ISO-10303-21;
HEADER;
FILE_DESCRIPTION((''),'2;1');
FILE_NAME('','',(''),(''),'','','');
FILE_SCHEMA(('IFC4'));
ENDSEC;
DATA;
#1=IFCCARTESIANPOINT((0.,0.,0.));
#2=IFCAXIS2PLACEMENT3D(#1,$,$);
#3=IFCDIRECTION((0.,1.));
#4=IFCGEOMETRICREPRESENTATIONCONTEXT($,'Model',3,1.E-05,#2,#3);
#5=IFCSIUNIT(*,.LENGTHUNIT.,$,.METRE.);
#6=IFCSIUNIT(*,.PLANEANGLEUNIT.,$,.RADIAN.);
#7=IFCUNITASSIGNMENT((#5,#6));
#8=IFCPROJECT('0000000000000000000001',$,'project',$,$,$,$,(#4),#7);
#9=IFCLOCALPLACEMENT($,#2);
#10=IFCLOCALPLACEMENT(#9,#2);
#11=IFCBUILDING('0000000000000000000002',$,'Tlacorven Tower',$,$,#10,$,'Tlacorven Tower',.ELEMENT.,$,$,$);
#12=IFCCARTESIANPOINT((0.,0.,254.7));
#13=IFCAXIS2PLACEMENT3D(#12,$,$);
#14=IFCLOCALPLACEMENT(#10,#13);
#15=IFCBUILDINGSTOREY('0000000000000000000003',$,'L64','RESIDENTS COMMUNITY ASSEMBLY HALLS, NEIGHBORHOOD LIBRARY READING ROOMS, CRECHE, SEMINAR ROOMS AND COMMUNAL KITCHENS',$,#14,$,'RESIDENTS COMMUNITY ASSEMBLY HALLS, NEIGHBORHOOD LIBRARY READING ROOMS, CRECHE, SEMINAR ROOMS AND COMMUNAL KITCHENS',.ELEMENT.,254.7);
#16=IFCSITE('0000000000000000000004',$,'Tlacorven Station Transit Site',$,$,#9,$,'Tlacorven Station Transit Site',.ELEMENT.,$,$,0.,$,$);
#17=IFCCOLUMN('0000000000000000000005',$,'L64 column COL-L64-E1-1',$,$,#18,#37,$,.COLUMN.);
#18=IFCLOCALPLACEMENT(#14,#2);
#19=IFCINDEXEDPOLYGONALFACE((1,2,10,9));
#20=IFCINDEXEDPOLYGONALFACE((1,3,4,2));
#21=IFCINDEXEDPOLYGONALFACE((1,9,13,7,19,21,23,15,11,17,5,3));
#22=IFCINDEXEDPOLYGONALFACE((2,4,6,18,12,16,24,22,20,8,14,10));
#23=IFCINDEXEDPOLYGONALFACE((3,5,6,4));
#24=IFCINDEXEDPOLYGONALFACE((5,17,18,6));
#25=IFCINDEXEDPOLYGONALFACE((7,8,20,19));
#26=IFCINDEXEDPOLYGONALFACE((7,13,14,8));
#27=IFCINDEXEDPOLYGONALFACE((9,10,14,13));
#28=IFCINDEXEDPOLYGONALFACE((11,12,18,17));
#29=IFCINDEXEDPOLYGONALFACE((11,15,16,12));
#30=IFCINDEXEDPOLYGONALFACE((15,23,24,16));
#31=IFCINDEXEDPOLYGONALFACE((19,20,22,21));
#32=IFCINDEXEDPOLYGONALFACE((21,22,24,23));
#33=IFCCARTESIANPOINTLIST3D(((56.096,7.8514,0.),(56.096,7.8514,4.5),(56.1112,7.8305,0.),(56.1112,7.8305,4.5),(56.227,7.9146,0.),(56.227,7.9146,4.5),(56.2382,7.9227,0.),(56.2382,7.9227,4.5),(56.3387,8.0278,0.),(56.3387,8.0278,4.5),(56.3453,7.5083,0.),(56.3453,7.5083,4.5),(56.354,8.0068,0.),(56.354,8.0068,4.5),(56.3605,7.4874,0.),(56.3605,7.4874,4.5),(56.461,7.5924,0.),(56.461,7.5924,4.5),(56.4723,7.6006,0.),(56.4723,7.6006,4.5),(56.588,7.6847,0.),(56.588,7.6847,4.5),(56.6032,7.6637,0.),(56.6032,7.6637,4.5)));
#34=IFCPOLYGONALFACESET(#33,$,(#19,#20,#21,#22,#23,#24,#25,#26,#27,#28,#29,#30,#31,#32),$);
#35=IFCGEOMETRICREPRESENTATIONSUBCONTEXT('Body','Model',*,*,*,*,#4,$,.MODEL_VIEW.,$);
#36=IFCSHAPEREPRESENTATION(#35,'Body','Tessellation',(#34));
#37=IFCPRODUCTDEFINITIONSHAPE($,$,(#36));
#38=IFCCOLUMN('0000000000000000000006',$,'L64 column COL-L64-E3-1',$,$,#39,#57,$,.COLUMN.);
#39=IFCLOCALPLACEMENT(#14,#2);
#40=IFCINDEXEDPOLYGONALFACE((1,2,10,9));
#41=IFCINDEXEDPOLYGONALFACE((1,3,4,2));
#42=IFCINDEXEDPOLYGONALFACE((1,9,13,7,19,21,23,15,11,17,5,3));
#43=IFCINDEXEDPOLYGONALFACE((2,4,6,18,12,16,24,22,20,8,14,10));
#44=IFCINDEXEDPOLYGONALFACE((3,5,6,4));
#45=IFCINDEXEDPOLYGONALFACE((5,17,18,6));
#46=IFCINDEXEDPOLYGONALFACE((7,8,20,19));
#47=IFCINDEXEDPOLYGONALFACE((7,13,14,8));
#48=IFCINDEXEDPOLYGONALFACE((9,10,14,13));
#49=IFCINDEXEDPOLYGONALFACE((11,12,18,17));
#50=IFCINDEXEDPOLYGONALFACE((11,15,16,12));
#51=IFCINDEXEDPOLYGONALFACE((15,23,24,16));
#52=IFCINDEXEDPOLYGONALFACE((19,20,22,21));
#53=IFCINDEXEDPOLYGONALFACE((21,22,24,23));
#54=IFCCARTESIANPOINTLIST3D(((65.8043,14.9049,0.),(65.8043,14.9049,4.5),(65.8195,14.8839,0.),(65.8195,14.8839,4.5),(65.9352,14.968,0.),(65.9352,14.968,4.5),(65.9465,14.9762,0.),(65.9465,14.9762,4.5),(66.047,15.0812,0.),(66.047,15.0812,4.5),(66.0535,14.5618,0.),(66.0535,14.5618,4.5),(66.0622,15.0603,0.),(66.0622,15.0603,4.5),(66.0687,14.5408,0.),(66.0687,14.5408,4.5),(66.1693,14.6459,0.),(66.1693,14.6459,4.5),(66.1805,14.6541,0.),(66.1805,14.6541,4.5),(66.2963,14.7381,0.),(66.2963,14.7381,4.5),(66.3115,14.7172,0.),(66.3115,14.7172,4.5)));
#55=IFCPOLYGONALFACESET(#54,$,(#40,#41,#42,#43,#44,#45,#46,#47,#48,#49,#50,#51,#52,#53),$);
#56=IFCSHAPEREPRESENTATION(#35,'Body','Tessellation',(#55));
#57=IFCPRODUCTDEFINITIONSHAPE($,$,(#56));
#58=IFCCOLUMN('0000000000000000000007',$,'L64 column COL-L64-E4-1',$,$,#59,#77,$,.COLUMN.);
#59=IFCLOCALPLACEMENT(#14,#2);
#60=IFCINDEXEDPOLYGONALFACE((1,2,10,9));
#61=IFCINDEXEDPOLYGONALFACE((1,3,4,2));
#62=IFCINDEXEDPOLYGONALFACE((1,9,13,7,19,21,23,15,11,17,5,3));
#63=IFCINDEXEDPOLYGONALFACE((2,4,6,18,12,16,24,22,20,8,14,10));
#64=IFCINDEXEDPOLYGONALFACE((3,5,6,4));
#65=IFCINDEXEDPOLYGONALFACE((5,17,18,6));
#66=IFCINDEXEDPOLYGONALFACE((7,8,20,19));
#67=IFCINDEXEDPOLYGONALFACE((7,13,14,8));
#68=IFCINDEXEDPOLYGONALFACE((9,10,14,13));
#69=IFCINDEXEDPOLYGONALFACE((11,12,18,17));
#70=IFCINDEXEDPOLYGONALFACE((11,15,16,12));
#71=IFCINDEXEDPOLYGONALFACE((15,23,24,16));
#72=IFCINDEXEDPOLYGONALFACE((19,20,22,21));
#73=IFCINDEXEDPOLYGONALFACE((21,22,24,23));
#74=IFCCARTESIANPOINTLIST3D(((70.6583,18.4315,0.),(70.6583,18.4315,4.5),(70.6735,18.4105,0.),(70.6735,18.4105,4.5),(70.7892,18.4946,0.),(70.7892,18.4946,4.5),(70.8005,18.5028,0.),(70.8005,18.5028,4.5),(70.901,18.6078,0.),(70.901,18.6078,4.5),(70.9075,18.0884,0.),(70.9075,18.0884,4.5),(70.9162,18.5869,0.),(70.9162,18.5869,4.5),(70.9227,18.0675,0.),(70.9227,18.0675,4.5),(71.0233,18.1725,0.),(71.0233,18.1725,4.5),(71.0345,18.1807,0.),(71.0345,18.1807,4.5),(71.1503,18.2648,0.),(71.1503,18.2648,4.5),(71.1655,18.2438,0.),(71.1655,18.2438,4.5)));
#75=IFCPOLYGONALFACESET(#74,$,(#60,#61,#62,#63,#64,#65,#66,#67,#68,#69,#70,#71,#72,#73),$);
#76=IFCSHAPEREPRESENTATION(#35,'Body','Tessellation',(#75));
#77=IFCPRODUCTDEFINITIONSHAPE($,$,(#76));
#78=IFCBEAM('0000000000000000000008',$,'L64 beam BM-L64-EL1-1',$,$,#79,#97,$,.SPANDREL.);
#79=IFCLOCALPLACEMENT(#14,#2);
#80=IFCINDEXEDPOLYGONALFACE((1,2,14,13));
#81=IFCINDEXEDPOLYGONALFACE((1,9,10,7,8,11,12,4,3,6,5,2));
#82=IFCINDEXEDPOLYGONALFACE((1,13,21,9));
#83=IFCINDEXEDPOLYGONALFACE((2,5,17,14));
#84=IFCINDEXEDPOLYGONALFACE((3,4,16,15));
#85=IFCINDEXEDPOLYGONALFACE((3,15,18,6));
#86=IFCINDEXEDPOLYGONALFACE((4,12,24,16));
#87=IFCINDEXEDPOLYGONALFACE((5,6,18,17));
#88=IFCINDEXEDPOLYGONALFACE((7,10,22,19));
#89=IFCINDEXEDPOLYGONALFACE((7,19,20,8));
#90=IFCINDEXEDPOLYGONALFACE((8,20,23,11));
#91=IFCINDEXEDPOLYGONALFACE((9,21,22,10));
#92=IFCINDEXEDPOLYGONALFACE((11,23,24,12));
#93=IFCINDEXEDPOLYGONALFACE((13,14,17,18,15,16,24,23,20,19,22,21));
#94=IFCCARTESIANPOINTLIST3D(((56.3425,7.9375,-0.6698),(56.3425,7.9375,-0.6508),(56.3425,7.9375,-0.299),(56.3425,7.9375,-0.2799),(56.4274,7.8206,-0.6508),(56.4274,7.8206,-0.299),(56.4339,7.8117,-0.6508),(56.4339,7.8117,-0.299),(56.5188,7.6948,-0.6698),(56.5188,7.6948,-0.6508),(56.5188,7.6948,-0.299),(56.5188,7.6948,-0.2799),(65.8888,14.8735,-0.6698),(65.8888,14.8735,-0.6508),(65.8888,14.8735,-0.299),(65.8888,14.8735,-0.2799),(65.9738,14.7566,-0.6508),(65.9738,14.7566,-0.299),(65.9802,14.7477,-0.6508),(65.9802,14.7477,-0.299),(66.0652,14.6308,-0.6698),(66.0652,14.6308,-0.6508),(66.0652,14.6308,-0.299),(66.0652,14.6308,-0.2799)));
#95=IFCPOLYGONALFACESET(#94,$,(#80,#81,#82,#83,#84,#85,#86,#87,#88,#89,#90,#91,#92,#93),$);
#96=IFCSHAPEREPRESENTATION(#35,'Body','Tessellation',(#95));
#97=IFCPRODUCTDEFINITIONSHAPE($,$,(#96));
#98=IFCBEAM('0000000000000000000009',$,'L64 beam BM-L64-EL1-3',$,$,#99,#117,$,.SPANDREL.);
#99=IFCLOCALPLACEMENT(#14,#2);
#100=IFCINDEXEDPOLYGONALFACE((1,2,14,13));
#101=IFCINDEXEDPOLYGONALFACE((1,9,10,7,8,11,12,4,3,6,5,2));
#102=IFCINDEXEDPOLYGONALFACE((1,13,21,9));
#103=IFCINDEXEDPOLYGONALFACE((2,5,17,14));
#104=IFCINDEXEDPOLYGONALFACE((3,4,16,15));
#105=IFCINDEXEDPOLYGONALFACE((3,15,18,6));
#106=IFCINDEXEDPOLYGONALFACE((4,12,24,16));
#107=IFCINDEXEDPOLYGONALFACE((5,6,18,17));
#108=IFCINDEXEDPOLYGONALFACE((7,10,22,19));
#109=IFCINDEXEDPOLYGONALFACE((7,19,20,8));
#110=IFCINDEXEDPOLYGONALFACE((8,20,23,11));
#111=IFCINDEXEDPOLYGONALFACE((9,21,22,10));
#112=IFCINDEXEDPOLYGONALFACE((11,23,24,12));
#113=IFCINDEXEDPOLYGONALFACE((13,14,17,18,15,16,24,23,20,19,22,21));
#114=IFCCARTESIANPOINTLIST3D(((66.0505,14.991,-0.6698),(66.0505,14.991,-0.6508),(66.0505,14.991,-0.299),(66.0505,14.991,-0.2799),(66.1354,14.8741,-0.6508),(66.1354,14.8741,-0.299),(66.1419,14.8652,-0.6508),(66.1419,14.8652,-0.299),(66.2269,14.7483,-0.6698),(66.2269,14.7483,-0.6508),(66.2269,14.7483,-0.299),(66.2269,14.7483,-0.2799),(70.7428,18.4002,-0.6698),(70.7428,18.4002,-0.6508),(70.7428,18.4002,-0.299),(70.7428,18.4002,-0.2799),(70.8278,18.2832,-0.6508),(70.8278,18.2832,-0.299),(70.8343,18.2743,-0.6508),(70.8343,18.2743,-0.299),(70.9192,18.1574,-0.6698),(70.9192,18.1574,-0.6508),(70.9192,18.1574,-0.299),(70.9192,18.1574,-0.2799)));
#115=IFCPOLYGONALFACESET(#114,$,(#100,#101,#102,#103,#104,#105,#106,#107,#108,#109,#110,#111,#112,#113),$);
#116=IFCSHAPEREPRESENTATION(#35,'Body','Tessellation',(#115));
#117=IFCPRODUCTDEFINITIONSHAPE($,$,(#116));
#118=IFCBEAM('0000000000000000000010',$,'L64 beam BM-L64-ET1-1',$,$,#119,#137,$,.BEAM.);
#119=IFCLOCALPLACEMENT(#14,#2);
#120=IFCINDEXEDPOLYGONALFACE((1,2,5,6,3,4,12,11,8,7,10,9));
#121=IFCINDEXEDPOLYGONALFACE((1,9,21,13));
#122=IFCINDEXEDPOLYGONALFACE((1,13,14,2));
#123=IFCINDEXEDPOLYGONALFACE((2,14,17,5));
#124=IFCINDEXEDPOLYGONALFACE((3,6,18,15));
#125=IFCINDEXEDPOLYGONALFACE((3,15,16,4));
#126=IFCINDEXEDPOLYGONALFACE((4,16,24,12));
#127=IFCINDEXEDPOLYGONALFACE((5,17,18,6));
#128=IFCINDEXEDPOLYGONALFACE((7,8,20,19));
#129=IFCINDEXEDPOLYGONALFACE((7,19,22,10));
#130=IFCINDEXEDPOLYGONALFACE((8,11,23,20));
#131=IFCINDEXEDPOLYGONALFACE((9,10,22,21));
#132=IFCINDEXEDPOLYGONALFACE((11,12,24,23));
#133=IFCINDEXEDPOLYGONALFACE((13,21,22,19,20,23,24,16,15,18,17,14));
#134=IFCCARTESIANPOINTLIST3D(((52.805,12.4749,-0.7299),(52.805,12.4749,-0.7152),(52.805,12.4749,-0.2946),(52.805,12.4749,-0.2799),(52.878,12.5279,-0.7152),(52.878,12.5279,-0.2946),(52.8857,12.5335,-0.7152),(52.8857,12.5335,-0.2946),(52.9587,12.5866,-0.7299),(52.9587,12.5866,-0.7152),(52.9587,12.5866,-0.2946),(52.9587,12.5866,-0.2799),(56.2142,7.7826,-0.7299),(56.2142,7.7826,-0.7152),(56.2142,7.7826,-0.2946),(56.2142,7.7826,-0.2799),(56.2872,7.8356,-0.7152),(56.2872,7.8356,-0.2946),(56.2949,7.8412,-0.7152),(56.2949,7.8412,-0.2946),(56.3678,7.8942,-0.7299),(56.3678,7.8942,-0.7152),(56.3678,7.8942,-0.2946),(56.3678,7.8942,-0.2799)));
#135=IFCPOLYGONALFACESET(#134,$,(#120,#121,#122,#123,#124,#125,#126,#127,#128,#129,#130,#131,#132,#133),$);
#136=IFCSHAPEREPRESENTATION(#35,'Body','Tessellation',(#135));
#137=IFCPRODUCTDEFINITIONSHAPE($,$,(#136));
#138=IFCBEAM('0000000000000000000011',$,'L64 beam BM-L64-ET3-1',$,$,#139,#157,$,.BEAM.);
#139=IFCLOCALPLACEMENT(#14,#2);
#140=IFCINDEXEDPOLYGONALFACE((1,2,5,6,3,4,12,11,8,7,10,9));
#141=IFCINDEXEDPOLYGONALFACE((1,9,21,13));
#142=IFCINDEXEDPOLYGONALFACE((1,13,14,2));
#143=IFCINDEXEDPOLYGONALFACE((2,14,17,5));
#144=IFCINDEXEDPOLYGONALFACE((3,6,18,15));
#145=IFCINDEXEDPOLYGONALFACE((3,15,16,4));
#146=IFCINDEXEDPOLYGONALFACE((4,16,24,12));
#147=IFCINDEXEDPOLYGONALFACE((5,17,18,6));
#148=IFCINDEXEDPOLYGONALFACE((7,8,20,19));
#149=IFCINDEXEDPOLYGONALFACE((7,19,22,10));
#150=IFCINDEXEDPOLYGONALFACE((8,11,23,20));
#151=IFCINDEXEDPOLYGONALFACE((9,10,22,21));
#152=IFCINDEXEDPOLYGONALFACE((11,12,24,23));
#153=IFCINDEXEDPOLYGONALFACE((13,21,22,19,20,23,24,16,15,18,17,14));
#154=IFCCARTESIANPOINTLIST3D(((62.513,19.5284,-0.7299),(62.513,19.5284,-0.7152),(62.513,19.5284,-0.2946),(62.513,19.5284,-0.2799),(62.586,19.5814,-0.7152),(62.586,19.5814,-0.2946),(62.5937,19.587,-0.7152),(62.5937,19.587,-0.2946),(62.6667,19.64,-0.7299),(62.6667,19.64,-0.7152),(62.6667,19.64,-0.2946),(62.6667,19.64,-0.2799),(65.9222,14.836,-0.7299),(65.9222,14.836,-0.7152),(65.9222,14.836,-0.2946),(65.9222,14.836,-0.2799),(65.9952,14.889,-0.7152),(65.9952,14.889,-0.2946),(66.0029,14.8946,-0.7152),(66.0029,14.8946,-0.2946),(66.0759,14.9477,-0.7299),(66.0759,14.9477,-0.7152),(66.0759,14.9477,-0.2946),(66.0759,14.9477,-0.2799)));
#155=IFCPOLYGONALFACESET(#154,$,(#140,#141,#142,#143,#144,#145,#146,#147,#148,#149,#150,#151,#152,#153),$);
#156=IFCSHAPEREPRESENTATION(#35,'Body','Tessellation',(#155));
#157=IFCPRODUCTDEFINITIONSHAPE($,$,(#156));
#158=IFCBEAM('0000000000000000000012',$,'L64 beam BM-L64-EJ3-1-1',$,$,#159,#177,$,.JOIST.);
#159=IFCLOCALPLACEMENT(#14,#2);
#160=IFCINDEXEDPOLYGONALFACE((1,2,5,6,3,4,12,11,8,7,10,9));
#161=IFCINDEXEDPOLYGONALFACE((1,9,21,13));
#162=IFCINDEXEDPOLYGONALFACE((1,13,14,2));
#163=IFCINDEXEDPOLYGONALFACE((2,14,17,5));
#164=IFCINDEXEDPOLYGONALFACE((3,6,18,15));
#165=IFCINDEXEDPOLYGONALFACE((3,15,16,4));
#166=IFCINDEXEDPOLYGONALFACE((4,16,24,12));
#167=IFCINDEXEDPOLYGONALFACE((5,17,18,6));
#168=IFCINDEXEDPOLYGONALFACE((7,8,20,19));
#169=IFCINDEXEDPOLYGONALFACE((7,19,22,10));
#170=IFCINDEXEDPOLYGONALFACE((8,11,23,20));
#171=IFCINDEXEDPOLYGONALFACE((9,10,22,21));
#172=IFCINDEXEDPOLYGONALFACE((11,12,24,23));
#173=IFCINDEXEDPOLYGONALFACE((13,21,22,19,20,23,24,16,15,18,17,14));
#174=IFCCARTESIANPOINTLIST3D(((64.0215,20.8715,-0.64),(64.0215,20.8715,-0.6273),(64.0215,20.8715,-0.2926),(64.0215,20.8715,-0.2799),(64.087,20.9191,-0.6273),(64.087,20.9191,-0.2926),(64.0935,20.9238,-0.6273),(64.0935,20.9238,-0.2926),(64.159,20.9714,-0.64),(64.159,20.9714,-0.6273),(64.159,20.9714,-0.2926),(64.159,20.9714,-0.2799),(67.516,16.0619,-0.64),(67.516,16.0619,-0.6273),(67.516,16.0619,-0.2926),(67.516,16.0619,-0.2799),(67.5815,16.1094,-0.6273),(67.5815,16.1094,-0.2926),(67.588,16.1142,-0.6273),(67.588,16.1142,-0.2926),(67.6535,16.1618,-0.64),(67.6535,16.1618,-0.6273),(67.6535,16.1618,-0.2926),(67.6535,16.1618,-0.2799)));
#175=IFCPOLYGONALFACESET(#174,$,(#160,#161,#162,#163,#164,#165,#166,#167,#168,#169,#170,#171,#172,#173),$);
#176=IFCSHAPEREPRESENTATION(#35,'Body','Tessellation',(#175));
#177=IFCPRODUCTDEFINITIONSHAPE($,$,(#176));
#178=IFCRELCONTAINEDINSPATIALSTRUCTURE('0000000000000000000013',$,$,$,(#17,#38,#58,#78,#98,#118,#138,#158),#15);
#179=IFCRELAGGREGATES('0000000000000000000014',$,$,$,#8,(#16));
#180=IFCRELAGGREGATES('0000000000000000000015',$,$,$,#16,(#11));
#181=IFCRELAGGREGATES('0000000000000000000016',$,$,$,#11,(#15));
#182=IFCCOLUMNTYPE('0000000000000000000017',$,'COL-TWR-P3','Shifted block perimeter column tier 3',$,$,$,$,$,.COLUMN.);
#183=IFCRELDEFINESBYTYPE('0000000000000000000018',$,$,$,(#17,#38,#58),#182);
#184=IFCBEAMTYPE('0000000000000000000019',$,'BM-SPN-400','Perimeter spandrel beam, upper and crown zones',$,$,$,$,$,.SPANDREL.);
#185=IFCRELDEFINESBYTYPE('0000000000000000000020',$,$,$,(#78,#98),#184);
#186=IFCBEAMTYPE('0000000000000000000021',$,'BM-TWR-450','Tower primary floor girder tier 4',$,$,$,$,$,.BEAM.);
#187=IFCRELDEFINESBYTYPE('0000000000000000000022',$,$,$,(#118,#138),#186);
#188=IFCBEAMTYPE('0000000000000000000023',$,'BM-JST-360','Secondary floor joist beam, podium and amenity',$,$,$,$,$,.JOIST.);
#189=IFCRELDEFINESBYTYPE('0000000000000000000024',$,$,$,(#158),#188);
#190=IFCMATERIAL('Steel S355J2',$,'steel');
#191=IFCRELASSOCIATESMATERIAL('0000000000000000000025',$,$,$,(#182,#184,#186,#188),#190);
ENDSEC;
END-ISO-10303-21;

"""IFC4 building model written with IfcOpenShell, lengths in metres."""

from ifc_helpers import new_model, si_unit, direction, frame, origin, origin_2d, place, context, subcontext, project, spatial, i_section, extrude, source, transform, mapped, material, material_profile, profile_set, type_object, element, save


model = new_model("IFC4")

# Units and contexts
model_context = context("Model", 3, precision=1e-05, world=origin(), true_north=direction((0.0, 1.0)))
body_context = subcontext(model_context, "Body", "Model", "MODEL_VIEW")
ifc_project = project(units=[si_unit("LENGTHUNIT", "METRE"), si_unit("PLANEANGLEUNIT", "RADIAN")], contexts=[model_context])

# Site, building, storey
site_placement = place(None, origin())
site = spatial("IfcSite", under=ifc_project, at=site_placement, Name="Tlacorven Station Transit Site", LongName="Tlacorven Station Transit Site", CompositionType="ELEMENT", RefElevation=0.0)
building_placement = place(site_placement, origin())
building = spatial("IfcBuilding", under=site, at=building_placement, Name="Tlacorven Tower", LongName="Tlacorven Tower", CompositionType="ELEMENT")
storey_placement = place(building_placement, frame((0.0, 0.0, 254.7)))
storey = spatial("IfcBuildingStorey", under=building, at=storey_placement, Name="L64", Description="RESIDENTS COMMUNITY ASSEMBLY HALLS, NEIGHBORHOOD LIBRARY READING ROOMS, CRECHE, SEMINAR ROOMS AND COMMUNAL KITCHENS", LongName="RESIDENTS COMMUNITY ASSEMBLY HALLS, NEIGHBORHOOD LIBRARY READING ROOMS, CRECHE, SEMINAR ROOMS AND COMMUNAL KITCHENS", CompositionType="ELEMENT", Elevation=254.7)

# Columns
ifc_material_1 = material(Name="Steel S355J2", Category="steel")
ifc_material_profile_1 = material_profile(ifc_material_1, i_section(OverallWidth=0.3, OverallDepth=0.45, WebThickness=0.0139, FlangeThickness=0.0259, at=origin_2d()), Name="HEB 450")
ifc_profile_set_1 = profile_set([ifc_material_profile_1], Name="Steel S355J2")
column_type = type_object("IfcColumnType", Name="COL-TWR-P3", Description="Shifted block perimeter column tier 3", PredefinedType="COLUMN", material=ifc_profile_set_1)
shared_shape_1 = source(origin(), body_context, "Body", "SweptSolid", [
    extrude(i_section(OverallWidth=0.3, OverallDepth=0.45, WebThickness=0.0139, FlangeThickness=0.0259, at=origin_2d()), origin(), (0.0, 0.0, 1.0), 4.5),
])
for number, where, z_axis, x_axis, name in (
    (1, (56.3496, 7.7576, 0.0), (0.0, 0.0, 1.0), (0.809017, 0.587785, 0.0), "L64 column COL-L64-E1-1"),
    (2, (66.0579, 14.811, 0.0), (0.0, 0.0, 1.0), (0.809017, 0.587785, 0.0), "L64 column COL-L64-E3-1"),
    (3, (70.9119, 18.3376, 0.0), (0.0, 0.0, 1.0), (0.809017, 0.587785, 0.0), "L64 column COL-L64-E4-1"),
):
    element("IfcColumn", number, at=place(storey_placement, frame(where, z_axis=z_axis, x_axis=x_axis)), inside=storey, type_object=column_type, Name=name, PredefinedType="COLUMN", context=body_context, shape_type="MappedRepresentation", body=[
        mapped(shared_shape_1, transform((0.0, 0.0, 0.0), scale=1.0)),
    ])

# Beams
ifc_material_profile_2 = material_profile(ifc_material_1, i_section(OverallWidth=0.3, OverallDepth=0.3899, WebThickness=0.011, FlangeThickness=0.019, at=origin_2d()), Name="HEA 400")
ifc_profile_set_2 = profile_set([ifc_material_profile_2], Name="Steel S355J2")
beam_type_1 = type_object("IfcBeamType", Name="BM-SPN-400", Description="Perimeter spandrel beam, upper and crown zones", PredefinedType="SPANDREL", material=ifc_profile_set_2)
shared_shape_2 = source(origin(), body_context, "Body", "SweptSolid", [
    extrude(i_section(OverallWidth=0.3, OverallDepth=0.3899, WebThickness=0.011, FlangeThickness=0.019, at=origin_2d()), origin(), (0.0, 0.0, 1.0), 11.8),
])
beam_1_placement = place(storey_placement, frame((56.4307, 7.8162, -0.4749), z_axis=(0.80901, 0.587795, 0.0), x_axis=(-0.587795, 0.80901, 0.0)))
element("IfcBeam", 4, at=beam_1_placement, inside=storey, type_object=beam_type_1, Name="L64 beam BM-L64-EL1-1", PredefinedType="SPANDREL", context=body_context, shape_type="MappedRepresentation", body=[
    mapped(shared_shape_2, transform((0.0, 0.0, 0.0), scale=1.0)),
])
shared_shape_3 = source(origin(), body_context, "Body", "SweptSolid", [
    extrude(i_section(OverallWidth=0.3, OverallDepth=0.3899, WebThickness=0.011, FlangeThickness=0.019, at=origin_2d()), origin(), (0.0, 0.0, 1.0), 5.8),
])
beam_2_placement = place(storey_placement, frame((66.1387, 14.8696, -0.4749), z_axis=(0.80902, 0.587781, 0.0), x_axis=(-0.587781, 0.80902, 0.0)))
element("IfcBeam", 5, at=beam_2_placement, inside=storey, type_object=beam_type_1, Name="L64 beam BM-L64-EL1-3", PredefinedType="SPANDREL", context=body_context, shape_type="MappedRepresentation", body=[
    mapped(shared_shape_3, transform((0.0, 0.0, 0.0), scale=1.0)),
])
ifc_material_profile_3 = material_profile(ifc_material_1, i_section(OverallWidth=0.1899, OverallDepth=0.45, WebThickness=0.0095, FlangeThickness=0.0146, at=origin_2d()), Name="IPE 450")
ifc_profile_set_3 = profile_set([ifc_material_profile_3], Name="Steel S355J2")
beam_type_2 = type_object("IfcBeamType", Name="BM-TWR-450", Description="Tower primary floor girder tier 4", PredefinedType="BEAM", material=ifc_profile_set_3)
shared_shape_4 = source(origin(), body_context, "Body", "SweptSolid", [
    extrude(i_section(OverallWidth=0.1899, OverallDepth=0.45, WebThickness=0.0095, FlangeThickness=0.0146, at=origin_2d()), origin(), (0.0, 0.0, 1.0), 5.8),
])
for number, where, z_axis, x_axis, name in (
    (6, (56.291, 7.8384, -0.5049), (-0.587781, 0.80902, 0.0), (-0.80902, -0.587781, 0.0), "L64 beam BM-L64-ET1-1"),
    (7, (65.999, 14.8918, -0.5049), (-0.587781, 0.80902, 0.0), (-0.80902, -0.587781, 0.0), "L64 beam BM-L64-ET3-1"),
):
    element("IfcBeam", number, at=place(storey_placement, frame(where, z_axis=z_axis, x_axis=x_axis)), inside=storey, type_object=beam_type_2, Name=name, PredefinedType="BEAM", context=body_context, shape_type="MappedRepresentation", body=[
        mapped(shared_shape_4, transform((0.0, 0.0, 0.0), scale=1.0)),
    ])
ifc_material_profile_4 = material_profile(ifc_material_1, i_section(OverallWidth=0.1699, OverallDepth=0.3601, WebThickness=0.0081, FlangeThickness=0.0127, at=origin_2d()), Name="IPE 360")
ifc_profile_set_4 = profile_set([ifc_material_profile_4], Name="Steel S355J2")
beam_type_3 = type_object("IfcBeamType", Name="BM-JST-360", Description="Secondary floor joist beam, podium and amenity", PredefinedType="JOIST", material=ifc_profile_set_4)
shared_shape_5 = source(origin(), body_context, "Body", "SweptSolid", [
    extrude(i_section(OverallWidth=0.1699, OverallDepth=0.3601, WebThickness=0.0081, FlangeThickness=0.0127, at=origin_2d()), origin(), (0.0, 0.0, 1.0), 5.9451),
])
for number, where, z_axis, x_axis, name in (
    (8, (67.5847, 16.1118, -0.46), (-0.587788, 0.809015, 0.0), (-0.809015, -0.587788, 0.0), "L64 beam BM-L64-EJ3-1-1"),
):
    element("IfcBeam", number, at=place(storey_placement, frame(where, z_axis=z_axis, x_axis=x_axis)), inside=storey, type_object=beam_type_3, Name=name, PredefinedType="JOIST", context=body_context, shape_type="MappedRepresentation", body=[
        mapped(shared_shape_5, transform((0.0, 0.0, 0.0), scale=1.0)),
    ])

save(model, "model.ifc")
